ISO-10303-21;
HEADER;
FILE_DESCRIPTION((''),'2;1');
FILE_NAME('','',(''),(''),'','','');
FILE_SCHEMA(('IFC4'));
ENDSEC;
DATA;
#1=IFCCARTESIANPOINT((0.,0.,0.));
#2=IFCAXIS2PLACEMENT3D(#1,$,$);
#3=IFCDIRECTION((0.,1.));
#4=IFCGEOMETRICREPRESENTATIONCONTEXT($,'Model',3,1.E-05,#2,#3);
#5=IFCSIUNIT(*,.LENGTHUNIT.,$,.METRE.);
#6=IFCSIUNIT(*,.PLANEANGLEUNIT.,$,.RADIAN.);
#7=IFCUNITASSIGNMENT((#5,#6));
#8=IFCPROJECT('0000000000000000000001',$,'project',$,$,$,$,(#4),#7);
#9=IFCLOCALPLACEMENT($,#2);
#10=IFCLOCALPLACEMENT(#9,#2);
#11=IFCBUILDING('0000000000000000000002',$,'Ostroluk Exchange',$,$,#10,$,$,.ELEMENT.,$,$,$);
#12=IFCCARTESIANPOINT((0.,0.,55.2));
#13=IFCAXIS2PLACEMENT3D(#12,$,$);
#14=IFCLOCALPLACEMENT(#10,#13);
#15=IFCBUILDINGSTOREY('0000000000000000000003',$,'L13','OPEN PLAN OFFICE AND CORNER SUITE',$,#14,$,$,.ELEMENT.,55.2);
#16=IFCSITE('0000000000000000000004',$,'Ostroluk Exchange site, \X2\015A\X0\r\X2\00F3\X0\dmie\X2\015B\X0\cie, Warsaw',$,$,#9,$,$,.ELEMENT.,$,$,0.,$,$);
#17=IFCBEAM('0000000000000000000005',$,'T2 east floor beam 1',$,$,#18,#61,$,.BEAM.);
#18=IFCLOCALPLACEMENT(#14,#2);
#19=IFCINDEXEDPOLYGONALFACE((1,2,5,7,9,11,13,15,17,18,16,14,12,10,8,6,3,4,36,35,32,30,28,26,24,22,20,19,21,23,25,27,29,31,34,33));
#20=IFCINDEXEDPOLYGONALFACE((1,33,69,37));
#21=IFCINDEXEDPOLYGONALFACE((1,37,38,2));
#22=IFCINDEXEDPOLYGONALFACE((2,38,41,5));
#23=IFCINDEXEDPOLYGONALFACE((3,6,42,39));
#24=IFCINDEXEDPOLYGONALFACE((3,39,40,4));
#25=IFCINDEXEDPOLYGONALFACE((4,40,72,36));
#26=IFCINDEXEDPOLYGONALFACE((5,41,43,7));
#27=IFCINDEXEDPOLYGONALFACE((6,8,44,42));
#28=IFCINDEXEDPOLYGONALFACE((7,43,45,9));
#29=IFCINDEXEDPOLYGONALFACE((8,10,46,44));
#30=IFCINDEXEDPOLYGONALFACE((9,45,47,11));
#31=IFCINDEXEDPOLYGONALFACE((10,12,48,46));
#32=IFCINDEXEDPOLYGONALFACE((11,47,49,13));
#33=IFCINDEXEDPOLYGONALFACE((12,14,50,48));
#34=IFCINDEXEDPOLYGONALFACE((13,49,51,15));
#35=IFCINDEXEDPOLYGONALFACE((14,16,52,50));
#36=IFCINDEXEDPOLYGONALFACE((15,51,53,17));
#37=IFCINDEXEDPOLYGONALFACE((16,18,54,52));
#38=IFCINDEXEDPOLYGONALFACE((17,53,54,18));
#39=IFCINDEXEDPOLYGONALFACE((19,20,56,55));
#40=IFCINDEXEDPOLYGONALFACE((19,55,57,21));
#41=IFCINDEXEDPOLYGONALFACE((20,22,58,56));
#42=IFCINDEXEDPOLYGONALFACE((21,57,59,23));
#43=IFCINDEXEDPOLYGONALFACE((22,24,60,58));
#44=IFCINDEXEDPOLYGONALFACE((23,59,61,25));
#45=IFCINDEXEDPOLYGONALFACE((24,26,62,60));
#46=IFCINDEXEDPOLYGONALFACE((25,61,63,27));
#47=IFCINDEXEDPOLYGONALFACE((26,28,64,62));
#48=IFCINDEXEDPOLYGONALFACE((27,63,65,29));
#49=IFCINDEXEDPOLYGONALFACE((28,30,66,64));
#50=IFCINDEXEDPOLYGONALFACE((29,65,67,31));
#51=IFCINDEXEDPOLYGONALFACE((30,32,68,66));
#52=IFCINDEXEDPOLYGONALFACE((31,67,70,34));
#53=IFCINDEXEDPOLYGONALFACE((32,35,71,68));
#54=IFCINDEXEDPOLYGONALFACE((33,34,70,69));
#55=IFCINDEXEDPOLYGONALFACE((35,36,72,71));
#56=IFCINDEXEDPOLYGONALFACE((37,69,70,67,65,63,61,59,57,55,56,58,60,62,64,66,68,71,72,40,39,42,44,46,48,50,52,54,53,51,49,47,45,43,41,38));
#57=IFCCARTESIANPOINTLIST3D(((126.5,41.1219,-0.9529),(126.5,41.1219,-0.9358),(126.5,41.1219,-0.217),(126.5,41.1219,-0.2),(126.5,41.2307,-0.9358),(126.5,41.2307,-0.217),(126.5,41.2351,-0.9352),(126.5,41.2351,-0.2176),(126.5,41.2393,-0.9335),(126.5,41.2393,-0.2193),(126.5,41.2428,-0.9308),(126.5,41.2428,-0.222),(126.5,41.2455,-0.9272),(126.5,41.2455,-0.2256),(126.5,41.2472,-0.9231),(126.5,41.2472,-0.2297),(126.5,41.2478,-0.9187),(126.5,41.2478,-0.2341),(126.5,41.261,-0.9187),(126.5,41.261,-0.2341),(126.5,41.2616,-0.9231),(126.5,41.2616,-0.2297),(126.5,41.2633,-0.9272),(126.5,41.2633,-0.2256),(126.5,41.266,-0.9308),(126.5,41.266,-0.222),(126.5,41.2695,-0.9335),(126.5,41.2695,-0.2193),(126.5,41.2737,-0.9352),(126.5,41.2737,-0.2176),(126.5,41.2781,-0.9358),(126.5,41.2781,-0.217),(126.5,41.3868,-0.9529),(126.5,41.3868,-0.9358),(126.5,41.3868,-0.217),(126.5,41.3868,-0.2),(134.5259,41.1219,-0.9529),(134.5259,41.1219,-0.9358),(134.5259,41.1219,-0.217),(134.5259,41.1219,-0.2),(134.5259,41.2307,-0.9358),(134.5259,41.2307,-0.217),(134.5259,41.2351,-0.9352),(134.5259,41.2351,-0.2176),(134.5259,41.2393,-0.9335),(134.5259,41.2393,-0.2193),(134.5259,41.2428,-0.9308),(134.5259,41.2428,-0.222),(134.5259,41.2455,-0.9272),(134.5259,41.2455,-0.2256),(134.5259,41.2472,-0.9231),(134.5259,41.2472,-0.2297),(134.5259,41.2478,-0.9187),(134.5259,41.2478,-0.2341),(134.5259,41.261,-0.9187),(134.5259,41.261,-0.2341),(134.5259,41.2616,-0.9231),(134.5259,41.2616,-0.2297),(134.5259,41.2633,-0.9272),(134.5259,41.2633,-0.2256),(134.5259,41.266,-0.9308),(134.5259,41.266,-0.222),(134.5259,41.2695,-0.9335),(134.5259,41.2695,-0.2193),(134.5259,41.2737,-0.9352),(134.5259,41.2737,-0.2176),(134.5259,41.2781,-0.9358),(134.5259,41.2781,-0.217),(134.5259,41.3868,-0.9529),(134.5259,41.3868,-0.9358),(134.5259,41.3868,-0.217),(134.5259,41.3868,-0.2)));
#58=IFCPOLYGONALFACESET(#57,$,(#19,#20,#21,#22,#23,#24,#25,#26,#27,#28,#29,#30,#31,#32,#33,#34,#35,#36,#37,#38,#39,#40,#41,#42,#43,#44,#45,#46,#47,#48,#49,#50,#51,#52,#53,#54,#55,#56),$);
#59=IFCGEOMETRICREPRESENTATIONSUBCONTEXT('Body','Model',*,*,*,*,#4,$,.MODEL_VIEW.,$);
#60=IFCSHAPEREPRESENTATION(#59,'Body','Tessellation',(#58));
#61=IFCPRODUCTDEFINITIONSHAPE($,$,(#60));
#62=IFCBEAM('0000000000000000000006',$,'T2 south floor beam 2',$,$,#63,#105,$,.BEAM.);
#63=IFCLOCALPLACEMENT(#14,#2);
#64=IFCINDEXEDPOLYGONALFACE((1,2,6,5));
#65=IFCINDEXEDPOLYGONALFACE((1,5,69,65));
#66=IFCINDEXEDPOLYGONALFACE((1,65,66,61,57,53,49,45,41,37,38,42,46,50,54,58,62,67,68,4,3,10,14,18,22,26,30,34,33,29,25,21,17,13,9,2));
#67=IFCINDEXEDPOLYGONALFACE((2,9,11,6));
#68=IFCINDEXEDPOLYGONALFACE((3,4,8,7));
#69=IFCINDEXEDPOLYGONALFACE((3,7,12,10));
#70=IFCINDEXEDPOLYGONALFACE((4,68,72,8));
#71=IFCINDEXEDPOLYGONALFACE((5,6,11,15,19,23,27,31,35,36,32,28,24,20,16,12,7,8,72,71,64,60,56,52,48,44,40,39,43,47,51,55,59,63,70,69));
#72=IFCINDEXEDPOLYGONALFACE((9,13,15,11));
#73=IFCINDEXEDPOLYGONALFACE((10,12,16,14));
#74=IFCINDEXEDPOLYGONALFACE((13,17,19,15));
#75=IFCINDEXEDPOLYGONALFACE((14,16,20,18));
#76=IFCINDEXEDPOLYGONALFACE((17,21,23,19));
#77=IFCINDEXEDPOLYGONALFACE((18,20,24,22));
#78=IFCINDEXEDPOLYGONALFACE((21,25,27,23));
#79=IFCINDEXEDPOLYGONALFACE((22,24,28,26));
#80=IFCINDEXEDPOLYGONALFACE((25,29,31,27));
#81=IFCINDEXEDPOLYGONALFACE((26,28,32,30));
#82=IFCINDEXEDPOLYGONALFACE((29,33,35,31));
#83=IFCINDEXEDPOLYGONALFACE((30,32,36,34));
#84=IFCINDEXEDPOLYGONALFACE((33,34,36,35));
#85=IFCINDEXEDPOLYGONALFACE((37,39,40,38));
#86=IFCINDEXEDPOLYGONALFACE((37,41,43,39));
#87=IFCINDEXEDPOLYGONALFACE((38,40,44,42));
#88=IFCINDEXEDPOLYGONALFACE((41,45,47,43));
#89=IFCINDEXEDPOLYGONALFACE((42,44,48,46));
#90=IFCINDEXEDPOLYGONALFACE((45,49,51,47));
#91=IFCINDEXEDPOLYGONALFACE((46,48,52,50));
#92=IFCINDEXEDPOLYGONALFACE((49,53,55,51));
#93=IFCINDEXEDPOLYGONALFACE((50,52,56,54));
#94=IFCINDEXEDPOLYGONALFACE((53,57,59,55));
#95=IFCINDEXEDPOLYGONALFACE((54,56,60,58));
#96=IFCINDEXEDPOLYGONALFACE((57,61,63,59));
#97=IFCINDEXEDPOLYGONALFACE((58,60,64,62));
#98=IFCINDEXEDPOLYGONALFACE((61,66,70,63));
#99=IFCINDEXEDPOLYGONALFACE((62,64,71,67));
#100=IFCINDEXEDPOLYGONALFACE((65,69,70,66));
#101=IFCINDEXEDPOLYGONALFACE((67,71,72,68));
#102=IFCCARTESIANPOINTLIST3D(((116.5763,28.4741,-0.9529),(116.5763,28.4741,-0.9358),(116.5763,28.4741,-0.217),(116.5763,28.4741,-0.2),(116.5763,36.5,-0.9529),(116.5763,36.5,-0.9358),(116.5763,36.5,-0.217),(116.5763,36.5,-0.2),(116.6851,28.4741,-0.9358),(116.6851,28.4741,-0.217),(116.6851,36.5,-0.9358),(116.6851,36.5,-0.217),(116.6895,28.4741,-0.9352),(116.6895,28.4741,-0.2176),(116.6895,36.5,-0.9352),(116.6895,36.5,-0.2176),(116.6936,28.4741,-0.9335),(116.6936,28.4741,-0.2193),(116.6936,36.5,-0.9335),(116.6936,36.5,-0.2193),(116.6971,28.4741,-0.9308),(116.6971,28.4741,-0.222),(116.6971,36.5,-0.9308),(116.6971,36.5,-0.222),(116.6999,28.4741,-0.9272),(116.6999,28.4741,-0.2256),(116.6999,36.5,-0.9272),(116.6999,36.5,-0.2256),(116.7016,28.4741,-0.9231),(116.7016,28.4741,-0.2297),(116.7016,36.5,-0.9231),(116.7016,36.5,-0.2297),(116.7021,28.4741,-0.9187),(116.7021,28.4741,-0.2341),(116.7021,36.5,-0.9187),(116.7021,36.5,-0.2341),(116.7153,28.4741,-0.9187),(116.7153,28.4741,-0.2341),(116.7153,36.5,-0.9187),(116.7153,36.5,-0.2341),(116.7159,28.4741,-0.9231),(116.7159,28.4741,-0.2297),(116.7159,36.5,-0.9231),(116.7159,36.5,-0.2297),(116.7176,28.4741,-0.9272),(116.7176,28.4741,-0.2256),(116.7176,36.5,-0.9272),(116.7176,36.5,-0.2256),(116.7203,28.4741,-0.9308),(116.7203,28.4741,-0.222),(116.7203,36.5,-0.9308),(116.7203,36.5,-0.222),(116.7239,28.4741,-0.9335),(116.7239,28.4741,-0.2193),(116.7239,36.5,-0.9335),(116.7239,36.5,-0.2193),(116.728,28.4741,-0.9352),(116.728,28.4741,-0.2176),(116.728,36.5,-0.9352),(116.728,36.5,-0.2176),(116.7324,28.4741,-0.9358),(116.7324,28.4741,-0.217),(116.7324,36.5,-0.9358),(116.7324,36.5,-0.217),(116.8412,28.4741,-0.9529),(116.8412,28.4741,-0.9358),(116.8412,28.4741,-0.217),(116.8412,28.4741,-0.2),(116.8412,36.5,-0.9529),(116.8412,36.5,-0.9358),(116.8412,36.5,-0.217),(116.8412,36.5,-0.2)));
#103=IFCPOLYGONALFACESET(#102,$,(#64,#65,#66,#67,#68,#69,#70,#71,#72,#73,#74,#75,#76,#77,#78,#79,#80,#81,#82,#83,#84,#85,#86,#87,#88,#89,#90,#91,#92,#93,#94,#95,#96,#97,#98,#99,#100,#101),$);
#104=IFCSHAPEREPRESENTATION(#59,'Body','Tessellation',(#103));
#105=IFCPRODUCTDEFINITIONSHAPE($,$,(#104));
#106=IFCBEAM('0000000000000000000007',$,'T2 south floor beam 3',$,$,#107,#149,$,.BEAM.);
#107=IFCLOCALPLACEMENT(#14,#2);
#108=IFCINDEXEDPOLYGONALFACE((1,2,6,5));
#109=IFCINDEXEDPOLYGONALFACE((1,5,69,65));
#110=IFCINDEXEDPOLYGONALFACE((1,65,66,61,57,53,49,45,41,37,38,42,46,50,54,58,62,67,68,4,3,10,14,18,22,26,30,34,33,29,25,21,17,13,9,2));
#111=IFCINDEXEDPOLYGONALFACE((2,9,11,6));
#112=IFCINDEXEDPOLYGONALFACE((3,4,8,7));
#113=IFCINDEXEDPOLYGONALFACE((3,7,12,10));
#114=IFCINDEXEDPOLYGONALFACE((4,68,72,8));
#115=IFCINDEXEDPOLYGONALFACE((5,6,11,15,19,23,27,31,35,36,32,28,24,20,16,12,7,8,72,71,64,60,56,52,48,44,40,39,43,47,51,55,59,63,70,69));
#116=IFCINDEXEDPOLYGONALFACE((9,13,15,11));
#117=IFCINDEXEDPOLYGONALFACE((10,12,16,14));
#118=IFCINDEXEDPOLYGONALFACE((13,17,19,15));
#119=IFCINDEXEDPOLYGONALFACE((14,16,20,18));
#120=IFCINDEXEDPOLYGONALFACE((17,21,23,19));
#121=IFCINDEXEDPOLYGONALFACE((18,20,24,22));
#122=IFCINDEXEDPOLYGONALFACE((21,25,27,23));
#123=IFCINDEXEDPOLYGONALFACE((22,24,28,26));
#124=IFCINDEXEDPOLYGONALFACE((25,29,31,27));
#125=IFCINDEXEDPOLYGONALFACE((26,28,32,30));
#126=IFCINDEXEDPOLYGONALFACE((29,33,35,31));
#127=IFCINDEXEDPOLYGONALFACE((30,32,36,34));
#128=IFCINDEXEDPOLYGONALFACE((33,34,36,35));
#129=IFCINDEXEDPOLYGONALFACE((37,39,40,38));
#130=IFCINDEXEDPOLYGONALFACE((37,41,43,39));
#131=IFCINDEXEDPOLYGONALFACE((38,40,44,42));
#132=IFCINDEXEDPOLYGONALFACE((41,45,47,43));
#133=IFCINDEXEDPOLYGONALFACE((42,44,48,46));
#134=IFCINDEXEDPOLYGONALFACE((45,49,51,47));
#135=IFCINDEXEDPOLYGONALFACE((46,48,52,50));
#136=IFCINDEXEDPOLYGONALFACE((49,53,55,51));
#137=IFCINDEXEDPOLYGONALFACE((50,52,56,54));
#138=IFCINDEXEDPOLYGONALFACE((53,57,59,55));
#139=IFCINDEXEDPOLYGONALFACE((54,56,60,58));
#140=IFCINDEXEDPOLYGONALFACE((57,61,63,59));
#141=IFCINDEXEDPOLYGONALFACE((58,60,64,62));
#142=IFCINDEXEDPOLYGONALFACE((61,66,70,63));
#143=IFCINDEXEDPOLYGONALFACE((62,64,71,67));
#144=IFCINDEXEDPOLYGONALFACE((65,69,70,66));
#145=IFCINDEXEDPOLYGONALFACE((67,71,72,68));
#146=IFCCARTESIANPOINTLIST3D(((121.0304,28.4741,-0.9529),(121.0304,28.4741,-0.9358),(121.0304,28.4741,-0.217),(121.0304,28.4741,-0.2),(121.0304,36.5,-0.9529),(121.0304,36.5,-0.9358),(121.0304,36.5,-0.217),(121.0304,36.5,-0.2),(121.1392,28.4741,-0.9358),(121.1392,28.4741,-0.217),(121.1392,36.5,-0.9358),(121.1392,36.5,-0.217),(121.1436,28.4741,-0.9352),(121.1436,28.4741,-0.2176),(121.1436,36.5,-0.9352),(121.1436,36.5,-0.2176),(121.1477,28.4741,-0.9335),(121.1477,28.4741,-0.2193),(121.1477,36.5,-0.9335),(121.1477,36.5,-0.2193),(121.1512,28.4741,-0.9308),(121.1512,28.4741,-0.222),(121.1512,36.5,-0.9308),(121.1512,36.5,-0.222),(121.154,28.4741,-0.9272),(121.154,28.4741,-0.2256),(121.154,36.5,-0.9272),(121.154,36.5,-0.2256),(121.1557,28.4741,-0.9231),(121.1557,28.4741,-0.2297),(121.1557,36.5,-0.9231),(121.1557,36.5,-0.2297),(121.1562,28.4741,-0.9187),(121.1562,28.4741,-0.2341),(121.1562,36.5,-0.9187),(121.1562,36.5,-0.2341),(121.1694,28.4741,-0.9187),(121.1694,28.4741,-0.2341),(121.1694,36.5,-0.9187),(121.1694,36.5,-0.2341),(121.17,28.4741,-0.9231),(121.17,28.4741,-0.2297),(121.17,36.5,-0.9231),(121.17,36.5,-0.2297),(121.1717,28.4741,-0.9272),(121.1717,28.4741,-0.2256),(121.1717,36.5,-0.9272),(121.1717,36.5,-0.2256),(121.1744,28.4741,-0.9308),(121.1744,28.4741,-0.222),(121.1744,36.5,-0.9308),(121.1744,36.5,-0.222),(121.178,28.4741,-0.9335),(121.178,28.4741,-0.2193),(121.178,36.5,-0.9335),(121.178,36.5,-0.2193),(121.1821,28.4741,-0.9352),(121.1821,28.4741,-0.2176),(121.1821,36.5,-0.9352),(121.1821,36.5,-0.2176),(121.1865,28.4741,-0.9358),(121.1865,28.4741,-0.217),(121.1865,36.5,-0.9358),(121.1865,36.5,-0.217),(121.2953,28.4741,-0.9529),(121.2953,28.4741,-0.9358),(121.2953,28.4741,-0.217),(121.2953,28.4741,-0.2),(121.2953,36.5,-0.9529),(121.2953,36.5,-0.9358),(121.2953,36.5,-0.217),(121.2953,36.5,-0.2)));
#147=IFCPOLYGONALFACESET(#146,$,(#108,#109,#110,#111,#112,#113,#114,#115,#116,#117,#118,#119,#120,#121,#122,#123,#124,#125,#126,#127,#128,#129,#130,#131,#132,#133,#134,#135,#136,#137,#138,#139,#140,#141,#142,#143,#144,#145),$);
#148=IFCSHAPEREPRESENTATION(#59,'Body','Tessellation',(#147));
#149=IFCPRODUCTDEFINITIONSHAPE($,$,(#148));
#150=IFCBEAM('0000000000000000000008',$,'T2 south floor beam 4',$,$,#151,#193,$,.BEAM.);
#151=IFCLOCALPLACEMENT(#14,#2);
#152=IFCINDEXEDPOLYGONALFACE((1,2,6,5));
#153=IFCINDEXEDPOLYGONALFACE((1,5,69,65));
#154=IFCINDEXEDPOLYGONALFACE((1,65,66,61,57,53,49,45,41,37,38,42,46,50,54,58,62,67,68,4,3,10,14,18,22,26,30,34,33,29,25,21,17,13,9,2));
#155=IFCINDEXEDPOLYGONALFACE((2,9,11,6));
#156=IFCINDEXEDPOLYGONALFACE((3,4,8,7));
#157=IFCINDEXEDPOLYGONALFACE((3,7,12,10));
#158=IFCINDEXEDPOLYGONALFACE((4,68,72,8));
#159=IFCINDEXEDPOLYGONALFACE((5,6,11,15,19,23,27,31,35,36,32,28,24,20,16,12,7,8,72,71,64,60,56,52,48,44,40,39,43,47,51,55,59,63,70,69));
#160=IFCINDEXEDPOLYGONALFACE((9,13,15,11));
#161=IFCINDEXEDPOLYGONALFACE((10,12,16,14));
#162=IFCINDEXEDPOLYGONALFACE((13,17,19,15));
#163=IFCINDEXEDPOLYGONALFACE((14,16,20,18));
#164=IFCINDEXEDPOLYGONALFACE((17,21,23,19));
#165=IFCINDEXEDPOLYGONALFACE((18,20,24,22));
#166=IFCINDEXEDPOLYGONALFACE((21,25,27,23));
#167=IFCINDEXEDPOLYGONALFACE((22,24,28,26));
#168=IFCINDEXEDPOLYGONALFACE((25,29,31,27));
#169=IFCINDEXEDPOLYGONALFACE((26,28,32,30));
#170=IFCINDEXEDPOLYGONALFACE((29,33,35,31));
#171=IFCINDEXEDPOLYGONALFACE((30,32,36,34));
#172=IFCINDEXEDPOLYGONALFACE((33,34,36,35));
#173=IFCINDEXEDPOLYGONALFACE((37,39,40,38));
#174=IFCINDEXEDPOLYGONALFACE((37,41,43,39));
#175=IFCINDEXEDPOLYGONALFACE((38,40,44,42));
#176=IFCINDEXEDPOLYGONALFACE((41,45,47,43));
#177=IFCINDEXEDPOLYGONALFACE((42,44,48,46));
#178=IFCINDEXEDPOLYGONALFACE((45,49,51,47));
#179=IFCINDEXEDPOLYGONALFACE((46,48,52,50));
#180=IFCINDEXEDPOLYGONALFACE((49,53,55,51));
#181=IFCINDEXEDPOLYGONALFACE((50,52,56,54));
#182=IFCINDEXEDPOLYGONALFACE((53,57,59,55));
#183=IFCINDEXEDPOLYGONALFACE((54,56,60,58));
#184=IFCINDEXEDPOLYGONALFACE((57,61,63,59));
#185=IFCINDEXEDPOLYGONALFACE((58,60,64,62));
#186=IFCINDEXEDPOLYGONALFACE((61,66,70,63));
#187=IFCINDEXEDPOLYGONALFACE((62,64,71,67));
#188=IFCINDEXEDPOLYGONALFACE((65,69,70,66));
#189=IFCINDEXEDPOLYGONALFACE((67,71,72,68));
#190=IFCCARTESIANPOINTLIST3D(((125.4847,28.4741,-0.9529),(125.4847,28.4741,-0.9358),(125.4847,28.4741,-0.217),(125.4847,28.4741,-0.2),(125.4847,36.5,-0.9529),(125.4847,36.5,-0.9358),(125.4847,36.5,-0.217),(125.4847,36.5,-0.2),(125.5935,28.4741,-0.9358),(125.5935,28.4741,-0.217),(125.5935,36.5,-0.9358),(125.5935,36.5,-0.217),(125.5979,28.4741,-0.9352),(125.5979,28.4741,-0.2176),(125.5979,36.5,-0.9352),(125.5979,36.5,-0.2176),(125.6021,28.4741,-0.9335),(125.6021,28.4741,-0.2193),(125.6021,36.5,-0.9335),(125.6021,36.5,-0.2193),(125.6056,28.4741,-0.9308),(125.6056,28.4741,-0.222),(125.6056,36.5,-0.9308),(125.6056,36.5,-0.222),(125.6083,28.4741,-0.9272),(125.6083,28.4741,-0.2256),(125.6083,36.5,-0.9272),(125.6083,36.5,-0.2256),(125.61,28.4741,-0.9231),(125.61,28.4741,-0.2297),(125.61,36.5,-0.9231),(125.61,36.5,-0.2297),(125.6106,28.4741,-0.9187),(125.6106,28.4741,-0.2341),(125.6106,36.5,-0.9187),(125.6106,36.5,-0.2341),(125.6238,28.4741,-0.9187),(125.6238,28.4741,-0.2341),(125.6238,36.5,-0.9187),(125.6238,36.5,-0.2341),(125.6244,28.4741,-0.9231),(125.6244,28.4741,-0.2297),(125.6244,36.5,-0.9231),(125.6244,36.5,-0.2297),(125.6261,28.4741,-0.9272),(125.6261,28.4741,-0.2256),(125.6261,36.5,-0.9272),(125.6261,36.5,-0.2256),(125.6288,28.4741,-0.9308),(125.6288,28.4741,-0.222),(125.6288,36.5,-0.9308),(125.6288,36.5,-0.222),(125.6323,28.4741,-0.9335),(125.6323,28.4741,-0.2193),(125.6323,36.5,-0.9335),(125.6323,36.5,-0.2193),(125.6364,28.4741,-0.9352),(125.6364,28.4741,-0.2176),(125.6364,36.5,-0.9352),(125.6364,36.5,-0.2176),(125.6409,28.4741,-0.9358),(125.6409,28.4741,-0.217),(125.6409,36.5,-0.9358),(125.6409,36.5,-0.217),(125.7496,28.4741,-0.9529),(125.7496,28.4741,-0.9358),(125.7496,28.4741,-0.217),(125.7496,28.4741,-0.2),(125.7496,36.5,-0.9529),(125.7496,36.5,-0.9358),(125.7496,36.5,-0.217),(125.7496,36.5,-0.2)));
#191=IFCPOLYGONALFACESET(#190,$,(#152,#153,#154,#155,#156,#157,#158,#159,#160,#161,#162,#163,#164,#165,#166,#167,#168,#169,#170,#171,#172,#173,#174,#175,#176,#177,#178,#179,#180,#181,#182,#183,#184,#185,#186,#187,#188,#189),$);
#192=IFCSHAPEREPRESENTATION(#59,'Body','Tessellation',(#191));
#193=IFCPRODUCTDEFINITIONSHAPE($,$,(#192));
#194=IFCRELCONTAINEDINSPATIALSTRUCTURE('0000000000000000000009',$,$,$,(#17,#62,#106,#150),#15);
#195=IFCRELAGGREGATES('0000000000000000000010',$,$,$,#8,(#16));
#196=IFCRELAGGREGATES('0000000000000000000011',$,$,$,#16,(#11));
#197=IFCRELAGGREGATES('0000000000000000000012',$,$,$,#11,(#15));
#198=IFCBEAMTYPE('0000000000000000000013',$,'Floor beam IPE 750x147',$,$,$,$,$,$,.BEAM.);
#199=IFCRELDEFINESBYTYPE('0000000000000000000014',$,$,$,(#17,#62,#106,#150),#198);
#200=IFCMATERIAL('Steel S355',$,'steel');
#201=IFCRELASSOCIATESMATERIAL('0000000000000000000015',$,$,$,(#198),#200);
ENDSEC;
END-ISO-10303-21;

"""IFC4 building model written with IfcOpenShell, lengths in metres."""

from ifc_helpers import new_model, si_unit, direction, frame, origin, origin_2d, place, context, subcontext, project, spatial, i_section, extrude, material, material_profile, profile_set, type_object, element, save


model = new_model("IFC4")

# Units and contexts
model_context = context("Model", 3, precision=1e-05, world=origin(), true_north=direction((0.0, 1.0)))
body_context = subcontext(model_context, "Body", "Model", "MODEL_VIEW")
ifc_project = project(units=[si_unit("LENGTHUNIT", "METRE"), si_unit("PLANEANGLEUNIT", "RADIAN")], contexts=[model_context])

# Site, building, storey
site_placement = place(None, origin())
site = spatial("IfcSite", under=ifc_project, at=site_placement, Name="Ostroluk Exchange site, Śródmieście, Warsaw", CompositionType="ELEMENT", RefElevation=0.0)
building_placement = place(site_placement, origin())
building = spatial("IfcBuilding", under=site, at=building_placement, Name="Ostroluk Exchange", CompositionType="ELEMENT")
storey_placement = place(building_placement, frame((0.0, 0.0, 55.2)))
storey = spatial("IfcBuildingStorey", under=building, at=storey_placement, Name="L13", Description="OPEN PLAN OFFICE AND CORNER SUITE", CompositionType="ELEMENT", Elevation=55.2)

# Beams
ifc_material_1 = material(Name="Steel S355", Category="steel")
ifc_material_profile_1 = material_profile(ifc_material_1, i_section(OverallWidth=0.2649, OverallDepth=0.7529, WebThickness=0.0132, FlangeThickness=0.0171, FilletRadius=0.0171, at=origin_2d()), Name="IPE 750x147")
ifc_profile_set_1 = profile_set([ifc_material_profile_1], Name="Steel S355")
beam_type_1 = type_object("IfcBeamType", Name="Floor beam IPE 750x147", PredefinedType="BEAM", material=ifc_profile_set_1)
for number, where, z_axis, x_axis, name in (
    (1, (126.5, 41.2544, -0.5764), (1.0, 0.0, 0.0), (0.0, 1.0, 0.0), "T2 east floor beam 1"),
    (2, (116.7087, 36.5, -0.5764), (0.0, -1.0, 0.0), (1.0, 0.0, 0.0), "T2 south floor beam 2"),
    (3, (121.1628, 36.5, -0.5764), (0.0, -1.0, 0.0), (1.0, 0.0, 0.0), "T2 south floor beam 3"),
    (4, (125.6172, 36.5, -0.5764), (0.0, -1.0, 0.0), (1.0, 0.0, 0.0), "T2 south floor beam 4"),
):
    element("IfcBeam", number, at=place(storey_placement, frame(where, z_axis=z_axis, x_axis=x_axis)), inside=storey, type_object=beam_type_1, Name=name, PredefinedType="BEAM", context=body_context, shape_type="SweptSolid", body=[
        extrude(i_section(OverallWidth=0.2649, OverallDepth=0.7529, WebThickness=0.0132, FlangeThickness=0.0171, FilletRadius=0.0171, at=origin_2d()), origin(), (0.0, 0.0, 1.0), 8.0259),
    ])

save(model, "model.ifc")
